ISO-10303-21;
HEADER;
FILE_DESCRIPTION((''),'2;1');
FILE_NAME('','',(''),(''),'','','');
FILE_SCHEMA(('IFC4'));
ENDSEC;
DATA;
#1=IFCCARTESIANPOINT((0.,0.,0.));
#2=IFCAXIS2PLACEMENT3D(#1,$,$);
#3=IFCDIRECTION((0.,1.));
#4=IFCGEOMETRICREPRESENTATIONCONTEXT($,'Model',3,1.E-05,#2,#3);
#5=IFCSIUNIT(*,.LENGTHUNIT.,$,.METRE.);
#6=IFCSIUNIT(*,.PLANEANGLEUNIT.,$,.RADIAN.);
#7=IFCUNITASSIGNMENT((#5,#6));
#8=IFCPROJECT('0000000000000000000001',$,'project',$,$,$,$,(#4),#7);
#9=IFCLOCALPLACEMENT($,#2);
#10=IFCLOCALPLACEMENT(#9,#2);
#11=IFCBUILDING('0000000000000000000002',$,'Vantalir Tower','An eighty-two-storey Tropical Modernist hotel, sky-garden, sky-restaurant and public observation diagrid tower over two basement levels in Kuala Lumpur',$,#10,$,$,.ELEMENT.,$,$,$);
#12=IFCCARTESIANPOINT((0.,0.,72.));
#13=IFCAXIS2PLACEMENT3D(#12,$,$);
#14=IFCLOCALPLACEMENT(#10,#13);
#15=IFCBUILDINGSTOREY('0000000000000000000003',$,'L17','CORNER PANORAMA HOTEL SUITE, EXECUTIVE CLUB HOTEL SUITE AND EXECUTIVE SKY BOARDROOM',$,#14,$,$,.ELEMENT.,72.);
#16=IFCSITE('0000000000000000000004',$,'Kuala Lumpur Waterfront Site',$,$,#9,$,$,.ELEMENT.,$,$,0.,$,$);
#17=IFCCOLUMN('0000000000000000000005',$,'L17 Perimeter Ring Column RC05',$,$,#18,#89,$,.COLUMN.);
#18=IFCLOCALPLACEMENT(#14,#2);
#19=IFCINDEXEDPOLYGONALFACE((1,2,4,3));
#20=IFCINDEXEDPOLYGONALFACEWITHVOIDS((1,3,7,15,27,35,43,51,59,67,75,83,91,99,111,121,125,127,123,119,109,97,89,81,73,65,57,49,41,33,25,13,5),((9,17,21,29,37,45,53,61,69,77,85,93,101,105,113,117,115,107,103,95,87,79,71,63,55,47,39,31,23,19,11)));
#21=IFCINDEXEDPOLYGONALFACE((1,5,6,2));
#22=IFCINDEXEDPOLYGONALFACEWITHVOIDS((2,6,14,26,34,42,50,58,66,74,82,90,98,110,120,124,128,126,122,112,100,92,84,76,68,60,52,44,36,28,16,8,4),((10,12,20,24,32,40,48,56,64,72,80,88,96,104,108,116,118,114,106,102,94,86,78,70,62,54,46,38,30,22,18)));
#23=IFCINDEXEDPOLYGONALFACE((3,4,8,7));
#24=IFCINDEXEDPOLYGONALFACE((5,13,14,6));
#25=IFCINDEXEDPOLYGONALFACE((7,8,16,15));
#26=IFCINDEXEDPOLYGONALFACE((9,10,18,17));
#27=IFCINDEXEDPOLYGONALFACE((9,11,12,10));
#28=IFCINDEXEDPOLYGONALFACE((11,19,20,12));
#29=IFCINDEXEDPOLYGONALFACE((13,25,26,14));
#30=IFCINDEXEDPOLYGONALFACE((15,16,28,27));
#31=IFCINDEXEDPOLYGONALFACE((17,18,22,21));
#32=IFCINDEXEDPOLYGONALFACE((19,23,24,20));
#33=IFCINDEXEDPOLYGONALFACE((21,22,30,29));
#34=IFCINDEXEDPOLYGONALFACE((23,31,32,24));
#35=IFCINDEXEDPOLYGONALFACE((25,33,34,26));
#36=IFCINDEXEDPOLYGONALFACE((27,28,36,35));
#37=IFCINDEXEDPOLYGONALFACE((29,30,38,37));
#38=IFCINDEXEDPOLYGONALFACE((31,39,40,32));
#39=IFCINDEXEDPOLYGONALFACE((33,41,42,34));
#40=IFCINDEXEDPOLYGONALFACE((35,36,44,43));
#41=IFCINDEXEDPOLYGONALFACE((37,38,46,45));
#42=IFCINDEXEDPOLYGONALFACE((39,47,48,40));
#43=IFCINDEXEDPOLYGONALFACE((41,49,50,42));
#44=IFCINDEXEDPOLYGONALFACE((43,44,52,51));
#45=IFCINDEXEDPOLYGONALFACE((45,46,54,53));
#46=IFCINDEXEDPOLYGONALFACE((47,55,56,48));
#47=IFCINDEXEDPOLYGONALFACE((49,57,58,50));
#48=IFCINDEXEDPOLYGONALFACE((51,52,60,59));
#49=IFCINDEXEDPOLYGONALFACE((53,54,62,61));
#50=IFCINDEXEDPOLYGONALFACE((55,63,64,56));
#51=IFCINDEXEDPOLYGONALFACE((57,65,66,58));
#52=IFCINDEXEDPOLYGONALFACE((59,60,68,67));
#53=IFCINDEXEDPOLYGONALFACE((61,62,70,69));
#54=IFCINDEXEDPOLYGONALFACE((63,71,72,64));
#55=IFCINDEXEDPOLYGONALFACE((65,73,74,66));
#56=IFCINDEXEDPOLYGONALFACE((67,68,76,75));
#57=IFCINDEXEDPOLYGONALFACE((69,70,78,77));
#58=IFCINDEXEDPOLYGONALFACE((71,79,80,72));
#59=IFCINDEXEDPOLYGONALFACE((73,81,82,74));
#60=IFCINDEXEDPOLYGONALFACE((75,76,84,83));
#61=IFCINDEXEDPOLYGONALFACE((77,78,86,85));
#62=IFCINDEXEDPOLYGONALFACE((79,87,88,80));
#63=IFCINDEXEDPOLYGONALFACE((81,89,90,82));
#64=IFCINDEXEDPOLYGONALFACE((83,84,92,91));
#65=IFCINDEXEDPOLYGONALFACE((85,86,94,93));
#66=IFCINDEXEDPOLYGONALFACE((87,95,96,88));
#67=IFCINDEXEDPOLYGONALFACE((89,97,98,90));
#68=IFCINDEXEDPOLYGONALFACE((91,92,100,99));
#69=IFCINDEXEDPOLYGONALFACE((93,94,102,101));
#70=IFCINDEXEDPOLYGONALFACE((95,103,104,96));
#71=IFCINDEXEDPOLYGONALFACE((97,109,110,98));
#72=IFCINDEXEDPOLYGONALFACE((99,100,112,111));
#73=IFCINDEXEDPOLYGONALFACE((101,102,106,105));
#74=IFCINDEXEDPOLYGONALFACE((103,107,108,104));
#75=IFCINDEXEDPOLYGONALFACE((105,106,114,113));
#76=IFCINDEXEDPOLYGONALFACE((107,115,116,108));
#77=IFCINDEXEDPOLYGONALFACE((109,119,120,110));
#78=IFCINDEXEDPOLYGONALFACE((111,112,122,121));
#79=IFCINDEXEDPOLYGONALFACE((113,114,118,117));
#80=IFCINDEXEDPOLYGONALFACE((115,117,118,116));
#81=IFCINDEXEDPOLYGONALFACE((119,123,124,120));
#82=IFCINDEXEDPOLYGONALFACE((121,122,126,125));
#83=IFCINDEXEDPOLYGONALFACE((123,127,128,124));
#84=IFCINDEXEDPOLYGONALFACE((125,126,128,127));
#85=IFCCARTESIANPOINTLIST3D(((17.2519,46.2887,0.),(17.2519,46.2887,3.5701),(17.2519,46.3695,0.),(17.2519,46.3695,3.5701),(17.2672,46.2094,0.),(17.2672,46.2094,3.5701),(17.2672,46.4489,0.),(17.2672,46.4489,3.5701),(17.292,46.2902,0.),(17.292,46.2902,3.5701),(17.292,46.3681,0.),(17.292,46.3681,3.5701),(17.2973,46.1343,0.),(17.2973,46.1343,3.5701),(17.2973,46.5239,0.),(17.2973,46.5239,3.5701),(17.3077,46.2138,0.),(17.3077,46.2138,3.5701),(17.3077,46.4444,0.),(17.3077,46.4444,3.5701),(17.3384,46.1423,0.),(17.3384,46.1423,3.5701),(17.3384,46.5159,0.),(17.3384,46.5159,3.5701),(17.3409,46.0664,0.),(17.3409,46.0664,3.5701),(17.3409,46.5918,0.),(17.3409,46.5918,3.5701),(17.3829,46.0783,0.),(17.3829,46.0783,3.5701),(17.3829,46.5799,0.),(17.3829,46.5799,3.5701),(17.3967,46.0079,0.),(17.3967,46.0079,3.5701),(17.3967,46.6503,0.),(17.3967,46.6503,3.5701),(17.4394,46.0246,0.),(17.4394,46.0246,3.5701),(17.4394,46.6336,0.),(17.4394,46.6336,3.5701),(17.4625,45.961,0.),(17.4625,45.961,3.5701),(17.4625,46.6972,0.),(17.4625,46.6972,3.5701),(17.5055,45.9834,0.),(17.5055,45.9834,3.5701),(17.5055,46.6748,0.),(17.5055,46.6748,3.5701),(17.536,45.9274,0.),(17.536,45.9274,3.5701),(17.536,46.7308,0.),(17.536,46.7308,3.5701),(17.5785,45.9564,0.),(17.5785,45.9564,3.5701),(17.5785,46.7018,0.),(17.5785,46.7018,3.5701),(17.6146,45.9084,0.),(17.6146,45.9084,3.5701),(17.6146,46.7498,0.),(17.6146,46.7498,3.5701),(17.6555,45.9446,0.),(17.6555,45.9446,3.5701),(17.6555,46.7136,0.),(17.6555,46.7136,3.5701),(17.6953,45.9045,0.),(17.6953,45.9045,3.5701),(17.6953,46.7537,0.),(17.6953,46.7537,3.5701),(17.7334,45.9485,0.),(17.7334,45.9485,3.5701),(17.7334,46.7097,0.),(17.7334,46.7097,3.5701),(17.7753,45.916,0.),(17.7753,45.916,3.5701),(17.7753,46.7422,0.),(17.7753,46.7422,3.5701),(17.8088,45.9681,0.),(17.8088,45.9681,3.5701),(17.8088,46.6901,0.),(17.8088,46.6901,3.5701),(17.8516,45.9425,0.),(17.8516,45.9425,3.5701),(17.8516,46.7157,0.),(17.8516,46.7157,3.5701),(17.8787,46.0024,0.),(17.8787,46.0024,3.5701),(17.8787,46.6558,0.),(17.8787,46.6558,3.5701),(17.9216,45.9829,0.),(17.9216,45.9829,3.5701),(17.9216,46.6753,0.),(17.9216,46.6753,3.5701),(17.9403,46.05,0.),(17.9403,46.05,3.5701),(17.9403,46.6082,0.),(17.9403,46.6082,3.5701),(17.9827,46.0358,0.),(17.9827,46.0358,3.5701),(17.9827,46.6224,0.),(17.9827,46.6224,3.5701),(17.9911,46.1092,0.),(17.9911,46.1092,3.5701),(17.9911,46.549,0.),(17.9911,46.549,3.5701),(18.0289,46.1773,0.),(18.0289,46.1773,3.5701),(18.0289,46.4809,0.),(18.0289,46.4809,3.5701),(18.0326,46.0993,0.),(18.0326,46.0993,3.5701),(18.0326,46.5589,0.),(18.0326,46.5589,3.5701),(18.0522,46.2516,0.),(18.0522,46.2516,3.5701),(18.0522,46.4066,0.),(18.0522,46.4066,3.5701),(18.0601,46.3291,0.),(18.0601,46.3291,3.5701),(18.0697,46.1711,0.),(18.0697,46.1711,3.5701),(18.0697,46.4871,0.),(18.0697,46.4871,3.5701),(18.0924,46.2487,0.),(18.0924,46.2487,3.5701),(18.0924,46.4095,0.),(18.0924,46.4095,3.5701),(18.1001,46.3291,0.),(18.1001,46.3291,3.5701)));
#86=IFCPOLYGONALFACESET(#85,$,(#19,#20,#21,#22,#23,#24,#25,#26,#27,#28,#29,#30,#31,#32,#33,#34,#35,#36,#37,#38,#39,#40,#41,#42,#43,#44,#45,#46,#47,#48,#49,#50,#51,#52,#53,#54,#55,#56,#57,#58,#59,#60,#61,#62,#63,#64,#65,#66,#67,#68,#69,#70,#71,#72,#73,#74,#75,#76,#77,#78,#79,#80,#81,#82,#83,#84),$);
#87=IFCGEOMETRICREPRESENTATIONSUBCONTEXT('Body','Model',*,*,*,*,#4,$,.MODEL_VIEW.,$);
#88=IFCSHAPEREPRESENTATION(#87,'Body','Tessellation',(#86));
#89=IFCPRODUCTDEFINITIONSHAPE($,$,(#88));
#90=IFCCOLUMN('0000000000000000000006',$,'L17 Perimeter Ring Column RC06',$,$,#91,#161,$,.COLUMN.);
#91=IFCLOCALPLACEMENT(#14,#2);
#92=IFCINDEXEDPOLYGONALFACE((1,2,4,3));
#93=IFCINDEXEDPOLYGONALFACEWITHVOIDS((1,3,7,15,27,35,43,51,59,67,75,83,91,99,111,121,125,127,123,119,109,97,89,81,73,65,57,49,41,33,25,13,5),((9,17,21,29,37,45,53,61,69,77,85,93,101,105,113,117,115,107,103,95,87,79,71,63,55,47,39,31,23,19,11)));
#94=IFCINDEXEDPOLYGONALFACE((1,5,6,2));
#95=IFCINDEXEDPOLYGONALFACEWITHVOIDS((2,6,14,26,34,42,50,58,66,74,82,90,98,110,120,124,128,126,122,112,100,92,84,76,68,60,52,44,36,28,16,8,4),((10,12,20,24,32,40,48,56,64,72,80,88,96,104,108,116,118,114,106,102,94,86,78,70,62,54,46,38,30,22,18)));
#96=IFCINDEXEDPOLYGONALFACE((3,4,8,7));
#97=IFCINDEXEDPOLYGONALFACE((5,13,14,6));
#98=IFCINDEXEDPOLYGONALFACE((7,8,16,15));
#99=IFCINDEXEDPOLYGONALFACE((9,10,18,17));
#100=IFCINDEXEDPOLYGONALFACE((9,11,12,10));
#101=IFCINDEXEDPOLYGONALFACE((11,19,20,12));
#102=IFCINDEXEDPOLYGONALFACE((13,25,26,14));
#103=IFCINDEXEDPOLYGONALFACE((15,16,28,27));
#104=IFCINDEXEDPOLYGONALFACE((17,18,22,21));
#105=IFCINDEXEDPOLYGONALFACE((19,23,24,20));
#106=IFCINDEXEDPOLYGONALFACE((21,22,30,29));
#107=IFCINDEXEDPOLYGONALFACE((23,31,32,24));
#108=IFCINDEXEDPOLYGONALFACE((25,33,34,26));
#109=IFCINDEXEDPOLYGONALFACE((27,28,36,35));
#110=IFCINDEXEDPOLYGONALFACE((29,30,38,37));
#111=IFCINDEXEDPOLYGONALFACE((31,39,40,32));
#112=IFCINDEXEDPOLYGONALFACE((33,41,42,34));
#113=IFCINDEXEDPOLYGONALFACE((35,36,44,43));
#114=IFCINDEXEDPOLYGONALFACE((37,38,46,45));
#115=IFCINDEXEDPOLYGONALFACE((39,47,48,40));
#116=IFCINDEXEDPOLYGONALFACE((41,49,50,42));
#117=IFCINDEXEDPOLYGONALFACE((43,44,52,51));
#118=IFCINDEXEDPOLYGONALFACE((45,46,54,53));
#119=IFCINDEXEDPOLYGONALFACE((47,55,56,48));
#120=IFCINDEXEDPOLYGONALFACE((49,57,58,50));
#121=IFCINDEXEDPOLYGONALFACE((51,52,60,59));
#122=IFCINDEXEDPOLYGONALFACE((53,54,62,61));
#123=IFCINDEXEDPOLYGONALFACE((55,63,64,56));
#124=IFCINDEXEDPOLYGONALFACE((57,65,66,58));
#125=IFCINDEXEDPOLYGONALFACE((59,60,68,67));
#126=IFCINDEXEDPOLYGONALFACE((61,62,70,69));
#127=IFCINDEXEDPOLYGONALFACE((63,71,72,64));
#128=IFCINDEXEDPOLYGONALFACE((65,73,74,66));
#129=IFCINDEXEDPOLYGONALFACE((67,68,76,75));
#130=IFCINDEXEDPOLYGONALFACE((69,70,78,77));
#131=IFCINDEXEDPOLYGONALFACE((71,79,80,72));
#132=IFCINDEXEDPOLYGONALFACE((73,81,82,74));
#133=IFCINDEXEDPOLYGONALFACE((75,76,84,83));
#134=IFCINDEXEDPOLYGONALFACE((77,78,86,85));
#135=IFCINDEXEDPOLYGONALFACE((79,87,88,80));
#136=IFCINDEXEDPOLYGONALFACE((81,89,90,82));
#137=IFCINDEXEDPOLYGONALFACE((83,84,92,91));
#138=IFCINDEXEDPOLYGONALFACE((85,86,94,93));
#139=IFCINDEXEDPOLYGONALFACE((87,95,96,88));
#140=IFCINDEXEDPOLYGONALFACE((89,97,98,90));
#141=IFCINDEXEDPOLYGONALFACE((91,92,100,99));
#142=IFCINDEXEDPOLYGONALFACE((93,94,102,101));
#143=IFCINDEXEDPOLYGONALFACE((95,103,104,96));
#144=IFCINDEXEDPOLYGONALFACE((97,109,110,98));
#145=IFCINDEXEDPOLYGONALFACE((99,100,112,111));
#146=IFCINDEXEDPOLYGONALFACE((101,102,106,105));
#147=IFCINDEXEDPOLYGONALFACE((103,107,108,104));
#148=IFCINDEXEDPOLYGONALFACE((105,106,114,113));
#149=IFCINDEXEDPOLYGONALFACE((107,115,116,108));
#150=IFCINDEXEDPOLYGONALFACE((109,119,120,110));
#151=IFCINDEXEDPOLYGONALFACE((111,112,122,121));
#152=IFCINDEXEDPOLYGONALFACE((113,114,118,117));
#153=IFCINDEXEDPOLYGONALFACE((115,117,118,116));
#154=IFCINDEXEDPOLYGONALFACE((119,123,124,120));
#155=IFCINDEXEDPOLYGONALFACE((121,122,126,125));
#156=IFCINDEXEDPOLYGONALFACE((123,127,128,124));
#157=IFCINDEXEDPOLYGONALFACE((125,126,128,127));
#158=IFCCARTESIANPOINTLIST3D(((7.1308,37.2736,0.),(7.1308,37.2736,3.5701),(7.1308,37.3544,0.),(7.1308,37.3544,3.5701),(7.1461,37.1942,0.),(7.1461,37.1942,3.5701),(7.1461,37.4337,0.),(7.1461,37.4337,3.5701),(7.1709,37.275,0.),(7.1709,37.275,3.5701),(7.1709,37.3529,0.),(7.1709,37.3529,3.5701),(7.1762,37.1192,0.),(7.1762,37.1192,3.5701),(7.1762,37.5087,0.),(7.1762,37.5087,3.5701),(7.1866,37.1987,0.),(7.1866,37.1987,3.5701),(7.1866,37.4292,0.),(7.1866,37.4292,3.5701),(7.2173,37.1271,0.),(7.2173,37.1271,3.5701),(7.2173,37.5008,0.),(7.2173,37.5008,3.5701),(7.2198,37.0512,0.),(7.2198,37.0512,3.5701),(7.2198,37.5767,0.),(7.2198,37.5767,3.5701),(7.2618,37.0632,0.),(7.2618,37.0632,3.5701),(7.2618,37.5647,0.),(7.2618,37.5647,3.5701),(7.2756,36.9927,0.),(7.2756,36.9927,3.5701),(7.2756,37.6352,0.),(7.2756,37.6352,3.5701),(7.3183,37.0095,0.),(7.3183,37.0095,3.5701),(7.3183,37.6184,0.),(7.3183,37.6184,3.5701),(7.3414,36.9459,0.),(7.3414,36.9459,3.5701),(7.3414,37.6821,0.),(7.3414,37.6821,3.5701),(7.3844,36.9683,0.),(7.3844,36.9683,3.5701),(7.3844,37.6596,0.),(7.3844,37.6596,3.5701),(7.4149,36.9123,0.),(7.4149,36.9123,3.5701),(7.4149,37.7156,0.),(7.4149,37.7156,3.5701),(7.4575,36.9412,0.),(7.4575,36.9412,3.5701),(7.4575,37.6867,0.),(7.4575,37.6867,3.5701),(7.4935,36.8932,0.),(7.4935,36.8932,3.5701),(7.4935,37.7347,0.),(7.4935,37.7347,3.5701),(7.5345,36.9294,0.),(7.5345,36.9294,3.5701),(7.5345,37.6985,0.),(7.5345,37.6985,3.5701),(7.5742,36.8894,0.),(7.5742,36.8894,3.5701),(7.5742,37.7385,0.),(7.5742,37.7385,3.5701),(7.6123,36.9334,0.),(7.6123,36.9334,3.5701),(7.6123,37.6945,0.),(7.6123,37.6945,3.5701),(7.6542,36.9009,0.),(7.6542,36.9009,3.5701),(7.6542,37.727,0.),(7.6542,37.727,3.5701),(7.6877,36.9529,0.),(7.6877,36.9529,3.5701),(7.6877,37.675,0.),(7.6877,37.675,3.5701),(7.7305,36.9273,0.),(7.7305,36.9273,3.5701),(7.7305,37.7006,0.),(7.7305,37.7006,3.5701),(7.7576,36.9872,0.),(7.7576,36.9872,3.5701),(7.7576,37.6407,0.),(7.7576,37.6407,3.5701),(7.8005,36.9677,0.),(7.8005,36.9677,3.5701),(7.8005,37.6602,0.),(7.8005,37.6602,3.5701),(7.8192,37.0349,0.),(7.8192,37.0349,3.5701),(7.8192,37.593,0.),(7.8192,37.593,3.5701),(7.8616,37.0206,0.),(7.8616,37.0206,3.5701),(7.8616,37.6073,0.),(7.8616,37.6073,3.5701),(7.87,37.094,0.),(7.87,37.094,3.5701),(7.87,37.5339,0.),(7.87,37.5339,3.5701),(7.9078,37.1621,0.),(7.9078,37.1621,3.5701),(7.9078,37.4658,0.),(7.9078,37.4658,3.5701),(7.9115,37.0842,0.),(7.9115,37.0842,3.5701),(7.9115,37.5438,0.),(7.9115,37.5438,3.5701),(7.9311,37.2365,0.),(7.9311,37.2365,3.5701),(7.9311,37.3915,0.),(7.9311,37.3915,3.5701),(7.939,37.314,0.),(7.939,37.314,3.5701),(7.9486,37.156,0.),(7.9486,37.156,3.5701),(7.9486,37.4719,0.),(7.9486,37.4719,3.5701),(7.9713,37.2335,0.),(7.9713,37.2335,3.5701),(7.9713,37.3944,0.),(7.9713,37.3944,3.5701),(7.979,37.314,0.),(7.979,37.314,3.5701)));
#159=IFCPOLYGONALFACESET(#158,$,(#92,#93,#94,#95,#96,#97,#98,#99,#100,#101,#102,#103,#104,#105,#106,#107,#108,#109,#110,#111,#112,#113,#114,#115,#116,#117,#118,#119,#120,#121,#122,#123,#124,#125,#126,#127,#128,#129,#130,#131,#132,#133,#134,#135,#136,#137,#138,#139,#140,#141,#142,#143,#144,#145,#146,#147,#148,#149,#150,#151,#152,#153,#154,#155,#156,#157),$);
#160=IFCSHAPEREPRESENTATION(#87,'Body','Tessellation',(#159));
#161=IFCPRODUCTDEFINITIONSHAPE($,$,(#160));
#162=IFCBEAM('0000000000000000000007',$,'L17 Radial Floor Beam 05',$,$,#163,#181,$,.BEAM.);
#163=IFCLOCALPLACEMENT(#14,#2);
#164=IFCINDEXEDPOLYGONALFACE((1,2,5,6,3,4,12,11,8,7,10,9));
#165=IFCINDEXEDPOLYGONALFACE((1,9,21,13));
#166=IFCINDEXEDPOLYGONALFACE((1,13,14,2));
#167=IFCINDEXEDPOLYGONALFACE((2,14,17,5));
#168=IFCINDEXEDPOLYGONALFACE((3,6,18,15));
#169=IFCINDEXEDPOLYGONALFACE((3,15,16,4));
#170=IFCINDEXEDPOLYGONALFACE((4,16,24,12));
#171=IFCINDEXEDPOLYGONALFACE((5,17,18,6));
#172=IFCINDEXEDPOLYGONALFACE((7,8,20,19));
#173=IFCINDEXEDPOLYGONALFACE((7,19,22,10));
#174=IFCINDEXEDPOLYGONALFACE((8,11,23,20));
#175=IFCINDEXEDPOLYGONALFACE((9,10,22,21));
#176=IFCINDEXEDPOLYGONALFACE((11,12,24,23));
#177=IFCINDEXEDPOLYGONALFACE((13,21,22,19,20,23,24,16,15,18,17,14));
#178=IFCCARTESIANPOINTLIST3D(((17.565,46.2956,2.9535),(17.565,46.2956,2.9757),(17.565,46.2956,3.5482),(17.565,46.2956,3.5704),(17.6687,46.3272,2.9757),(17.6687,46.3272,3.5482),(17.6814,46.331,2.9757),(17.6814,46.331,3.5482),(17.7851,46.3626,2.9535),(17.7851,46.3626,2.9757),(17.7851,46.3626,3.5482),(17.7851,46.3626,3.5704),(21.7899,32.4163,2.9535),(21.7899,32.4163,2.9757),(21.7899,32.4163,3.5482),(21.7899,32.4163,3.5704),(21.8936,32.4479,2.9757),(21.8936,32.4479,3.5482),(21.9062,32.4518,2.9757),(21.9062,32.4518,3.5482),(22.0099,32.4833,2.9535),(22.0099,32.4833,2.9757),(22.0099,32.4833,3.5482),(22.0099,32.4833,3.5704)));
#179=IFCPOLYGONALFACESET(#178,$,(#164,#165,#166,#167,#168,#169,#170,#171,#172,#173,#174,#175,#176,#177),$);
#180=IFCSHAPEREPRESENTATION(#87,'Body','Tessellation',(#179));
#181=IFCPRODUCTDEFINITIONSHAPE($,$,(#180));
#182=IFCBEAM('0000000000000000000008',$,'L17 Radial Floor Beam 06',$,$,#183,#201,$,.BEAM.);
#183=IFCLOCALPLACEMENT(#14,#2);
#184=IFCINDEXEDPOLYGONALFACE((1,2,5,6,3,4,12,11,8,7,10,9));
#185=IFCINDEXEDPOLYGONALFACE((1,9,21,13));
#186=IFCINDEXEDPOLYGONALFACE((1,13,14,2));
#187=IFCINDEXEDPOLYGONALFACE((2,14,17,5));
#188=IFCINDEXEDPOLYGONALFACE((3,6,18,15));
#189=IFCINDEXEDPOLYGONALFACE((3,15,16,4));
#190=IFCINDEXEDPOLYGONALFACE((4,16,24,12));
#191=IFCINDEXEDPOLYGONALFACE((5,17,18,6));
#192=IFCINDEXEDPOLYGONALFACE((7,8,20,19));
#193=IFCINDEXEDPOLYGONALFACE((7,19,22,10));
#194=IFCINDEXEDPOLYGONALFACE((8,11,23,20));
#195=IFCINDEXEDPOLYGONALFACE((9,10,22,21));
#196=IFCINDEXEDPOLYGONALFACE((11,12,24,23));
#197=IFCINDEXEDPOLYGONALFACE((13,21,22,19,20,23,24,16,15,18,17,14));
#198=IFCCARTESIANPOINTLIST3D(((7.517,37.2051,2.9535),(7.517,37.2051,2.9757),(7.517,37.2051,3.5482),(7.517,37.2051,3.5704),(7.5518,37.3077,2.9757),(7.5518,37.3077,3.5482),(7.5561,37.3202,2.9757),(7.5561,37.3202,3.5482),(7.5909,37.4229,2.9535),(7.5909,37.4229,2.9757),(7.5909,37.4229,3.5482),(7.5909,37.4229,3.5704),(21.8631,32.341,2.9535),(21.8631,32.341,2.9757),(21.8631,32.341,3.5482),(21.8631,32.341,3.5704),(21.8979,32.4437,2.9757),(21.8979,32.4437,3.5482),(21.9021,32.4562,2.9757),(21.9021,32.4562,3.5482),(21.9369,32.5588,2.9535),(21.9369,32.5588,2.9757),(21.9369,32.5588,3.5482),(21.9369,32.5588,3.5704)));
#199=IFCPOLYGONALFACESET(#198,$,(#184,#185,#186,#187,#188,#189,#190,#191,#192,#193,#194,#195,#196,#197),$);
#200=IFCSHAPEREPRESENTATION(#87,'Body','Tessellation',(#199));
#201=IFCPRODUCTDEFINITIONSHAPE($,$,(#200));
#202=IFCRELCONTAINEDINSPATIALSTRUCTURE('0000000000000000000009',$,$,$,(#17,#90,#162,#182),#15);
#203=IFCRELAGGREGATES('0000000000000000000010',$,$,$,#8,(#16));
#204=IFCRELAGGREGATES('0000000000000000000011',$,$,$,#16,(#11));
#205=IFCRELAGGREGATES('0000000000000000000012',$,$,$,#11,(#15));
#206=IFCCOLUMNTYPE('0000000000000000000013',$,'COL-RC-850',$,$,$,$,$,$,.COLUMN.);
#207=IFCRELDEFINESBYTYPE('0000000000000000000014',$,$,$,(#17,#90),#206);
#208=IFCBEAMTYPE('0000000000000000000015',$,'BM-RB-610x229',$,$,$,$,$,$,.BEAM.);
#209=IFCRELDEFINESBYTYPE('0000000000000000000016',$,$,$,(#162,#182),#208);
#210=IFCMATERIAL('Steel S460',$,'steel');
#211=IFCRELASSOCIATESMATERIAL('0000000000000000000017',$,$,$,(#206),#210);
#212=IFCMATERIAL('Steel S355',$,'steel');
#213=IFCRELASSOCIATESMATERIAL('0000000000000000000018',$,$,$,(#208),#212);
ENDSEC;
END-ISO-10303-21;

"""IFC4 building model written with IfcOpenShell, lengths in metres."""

from ifc_helpers import new_model, si_unit, direction, frame, origin, origin_2d, place, context, subcontext, project, spatial, hollow_circle, i_section, extrude, material, material_profile, profile_set, type_object, element, save


model = new_model("IFC4")

# Units and contexts
model_context = context("Model", 3, precision=1e-05, world=origin(), true_north=direction((0.0, 1.0)))
body_context = subcontext(model_context, "Body", "Model", "MODEL_VIEW")
ifc_project = project(units=[si_unit("LENGTHUNIT", "METRE"), si_unit("PLANEANGLEUNIT", "RADIAN")], contexts=[model_context])

# Site, building, storey
site_placement = place(None, origin())
site = spatial("IfcSite", under=ifc_project, at=site_placement, Name="Kuala Lumpur Waterfront Site", CompositionType="ELEMENT", RefElevation=0.0)
building_placement = place(site_placement, origin())
building = spatial("IfcBuilding", under=site, at=building_placement, Name="Vantalir Tower", Description="An eighty-two-storey Tropical Modernist hotel, sky-garden, sky-restaurant and public observation diagrid tower over two basement levels in Kuala Lumpur", CompositionType="ELEMENT")
storey_placement = place(building_placement, frame((0.0, 0.0, 72.0)))
storey = spatial("IfcBuildingStorey", under=building, at=storey_placement, Name="L17", Description="CORNER PANORAMA HOTEL SUITE, EXECUTIVE CLUB HOTEL SUITE AND EXECUTIVE SKY BOARDROOM", CompositionType="ELEMENT", Elevation=72.0)

# Columns
ifc_material_1 = material(Name="Steel S460", Category="steel")
ifc_material_profile_1 = material_profile(ifc_material_1, hollow_circle(Radius=0.425, WallThickness=0.04, at=origin_2d()), Name="Steel S460")
ifc_profile_set_1 = profile_set([ifc_material_profile_1], Name="Steel S460")
column_type = type_object("IfcColumnType", Name="COL-RC-850", PredefinedType="COLUMN", material=ifc_profile_set_1)
for number, where, z_axis, x_axis, name in (
    (1, (17.675, 46.3291, 0.0), (0.0, 0.0, 1.0), (1.0, 0.0, 0.0), "L17 Perimeter Ring Column RC05"),
    (2, (7.554, 37.314, 0.0), (0.0, 0.0, 1.0), (1.0, 0.0, 0.0), "L17 Perimeter Ring Column RC06"),
):
    element("IfcColumn", number, at=place(storey_placement, frame(where, z_axis=z_axis, x_axis=x_axis)), inside=storey, type_object=column_type, Name=name, PredefinedType="COLUMN", context=body_context, shape_type="SweptSolid", body=[
        extrude(hollow_circle(Radius=0.425, WallThickness=0.04, at=origin_2d()), origin(), (0.0, 0.0, 1.0), 3.5701),
    ])

# Beams
ifc_material_2 = material(Name="Steel S355", Category="steel")
ifc_material_profile_2 = material_profile(ifc_material_2, i_section(OverallWidth=0.23, OverallDepth=0.6169, WebThickness=0.0132, FlangeThickness=0.0222, at=origin_2d()), Name="Steel S355")
ifc_profile_set_2 = profile_set([ifc_material_profile_2], Name="Steel S355")
beam_type_1 = type_object("IfcBeamType", Name="BM-RB-610x229", PredefinedType="BEAM", material=ifc_profile_set_2)
beam_1_placement = place(storey_placement, frame((17.675, 46.3291, 3.262), z_axis=(0.29121, -0.956659, 0.0), x_axis=(0.956659, 0.29121, 0.0)))
element("IfcBeam", 3, at=beam_1_placement, inside=storey, type_object=beam_type_1, Name="L17 Radial Floor Beam 05", PredefinedType="BEAM", context=body_context, shape_type="SweptSolid", body=[
    extrude(i_section(OverallWidth=0.23, OverallDepth=0.6169, WebThickness=0.0132, FlangeThickness=0.0222, at=origin_2d()), origin(), (0.0, 0.0, 1.0), 14.5081),
])
beam_2_placement = place(storey_placement, frame((7.554, 37.314, 3.262), z_axis=(0.947046, -0.321097, 0.0), x_axis=(0.321097, 0.947046, 0.0)))
element("IfcBeam", 4, at=beam_2_placement, inside=storey, type_object=beam_type_1, Name="L17 Radial Floor Beam 06", PredefinedType="BEAM", context=body_context, shape_type="SweptSolid", body=[
    extrude(i_section(OverallWidth=0.23, OverallDepth=0.6169, WebThickness=0.0132, FlangeThickness=0.0222, at=origin_2d()), origin(), (0.0, 0.0, 1.0), 15.1482),
])

save(model, "model.ifc")
